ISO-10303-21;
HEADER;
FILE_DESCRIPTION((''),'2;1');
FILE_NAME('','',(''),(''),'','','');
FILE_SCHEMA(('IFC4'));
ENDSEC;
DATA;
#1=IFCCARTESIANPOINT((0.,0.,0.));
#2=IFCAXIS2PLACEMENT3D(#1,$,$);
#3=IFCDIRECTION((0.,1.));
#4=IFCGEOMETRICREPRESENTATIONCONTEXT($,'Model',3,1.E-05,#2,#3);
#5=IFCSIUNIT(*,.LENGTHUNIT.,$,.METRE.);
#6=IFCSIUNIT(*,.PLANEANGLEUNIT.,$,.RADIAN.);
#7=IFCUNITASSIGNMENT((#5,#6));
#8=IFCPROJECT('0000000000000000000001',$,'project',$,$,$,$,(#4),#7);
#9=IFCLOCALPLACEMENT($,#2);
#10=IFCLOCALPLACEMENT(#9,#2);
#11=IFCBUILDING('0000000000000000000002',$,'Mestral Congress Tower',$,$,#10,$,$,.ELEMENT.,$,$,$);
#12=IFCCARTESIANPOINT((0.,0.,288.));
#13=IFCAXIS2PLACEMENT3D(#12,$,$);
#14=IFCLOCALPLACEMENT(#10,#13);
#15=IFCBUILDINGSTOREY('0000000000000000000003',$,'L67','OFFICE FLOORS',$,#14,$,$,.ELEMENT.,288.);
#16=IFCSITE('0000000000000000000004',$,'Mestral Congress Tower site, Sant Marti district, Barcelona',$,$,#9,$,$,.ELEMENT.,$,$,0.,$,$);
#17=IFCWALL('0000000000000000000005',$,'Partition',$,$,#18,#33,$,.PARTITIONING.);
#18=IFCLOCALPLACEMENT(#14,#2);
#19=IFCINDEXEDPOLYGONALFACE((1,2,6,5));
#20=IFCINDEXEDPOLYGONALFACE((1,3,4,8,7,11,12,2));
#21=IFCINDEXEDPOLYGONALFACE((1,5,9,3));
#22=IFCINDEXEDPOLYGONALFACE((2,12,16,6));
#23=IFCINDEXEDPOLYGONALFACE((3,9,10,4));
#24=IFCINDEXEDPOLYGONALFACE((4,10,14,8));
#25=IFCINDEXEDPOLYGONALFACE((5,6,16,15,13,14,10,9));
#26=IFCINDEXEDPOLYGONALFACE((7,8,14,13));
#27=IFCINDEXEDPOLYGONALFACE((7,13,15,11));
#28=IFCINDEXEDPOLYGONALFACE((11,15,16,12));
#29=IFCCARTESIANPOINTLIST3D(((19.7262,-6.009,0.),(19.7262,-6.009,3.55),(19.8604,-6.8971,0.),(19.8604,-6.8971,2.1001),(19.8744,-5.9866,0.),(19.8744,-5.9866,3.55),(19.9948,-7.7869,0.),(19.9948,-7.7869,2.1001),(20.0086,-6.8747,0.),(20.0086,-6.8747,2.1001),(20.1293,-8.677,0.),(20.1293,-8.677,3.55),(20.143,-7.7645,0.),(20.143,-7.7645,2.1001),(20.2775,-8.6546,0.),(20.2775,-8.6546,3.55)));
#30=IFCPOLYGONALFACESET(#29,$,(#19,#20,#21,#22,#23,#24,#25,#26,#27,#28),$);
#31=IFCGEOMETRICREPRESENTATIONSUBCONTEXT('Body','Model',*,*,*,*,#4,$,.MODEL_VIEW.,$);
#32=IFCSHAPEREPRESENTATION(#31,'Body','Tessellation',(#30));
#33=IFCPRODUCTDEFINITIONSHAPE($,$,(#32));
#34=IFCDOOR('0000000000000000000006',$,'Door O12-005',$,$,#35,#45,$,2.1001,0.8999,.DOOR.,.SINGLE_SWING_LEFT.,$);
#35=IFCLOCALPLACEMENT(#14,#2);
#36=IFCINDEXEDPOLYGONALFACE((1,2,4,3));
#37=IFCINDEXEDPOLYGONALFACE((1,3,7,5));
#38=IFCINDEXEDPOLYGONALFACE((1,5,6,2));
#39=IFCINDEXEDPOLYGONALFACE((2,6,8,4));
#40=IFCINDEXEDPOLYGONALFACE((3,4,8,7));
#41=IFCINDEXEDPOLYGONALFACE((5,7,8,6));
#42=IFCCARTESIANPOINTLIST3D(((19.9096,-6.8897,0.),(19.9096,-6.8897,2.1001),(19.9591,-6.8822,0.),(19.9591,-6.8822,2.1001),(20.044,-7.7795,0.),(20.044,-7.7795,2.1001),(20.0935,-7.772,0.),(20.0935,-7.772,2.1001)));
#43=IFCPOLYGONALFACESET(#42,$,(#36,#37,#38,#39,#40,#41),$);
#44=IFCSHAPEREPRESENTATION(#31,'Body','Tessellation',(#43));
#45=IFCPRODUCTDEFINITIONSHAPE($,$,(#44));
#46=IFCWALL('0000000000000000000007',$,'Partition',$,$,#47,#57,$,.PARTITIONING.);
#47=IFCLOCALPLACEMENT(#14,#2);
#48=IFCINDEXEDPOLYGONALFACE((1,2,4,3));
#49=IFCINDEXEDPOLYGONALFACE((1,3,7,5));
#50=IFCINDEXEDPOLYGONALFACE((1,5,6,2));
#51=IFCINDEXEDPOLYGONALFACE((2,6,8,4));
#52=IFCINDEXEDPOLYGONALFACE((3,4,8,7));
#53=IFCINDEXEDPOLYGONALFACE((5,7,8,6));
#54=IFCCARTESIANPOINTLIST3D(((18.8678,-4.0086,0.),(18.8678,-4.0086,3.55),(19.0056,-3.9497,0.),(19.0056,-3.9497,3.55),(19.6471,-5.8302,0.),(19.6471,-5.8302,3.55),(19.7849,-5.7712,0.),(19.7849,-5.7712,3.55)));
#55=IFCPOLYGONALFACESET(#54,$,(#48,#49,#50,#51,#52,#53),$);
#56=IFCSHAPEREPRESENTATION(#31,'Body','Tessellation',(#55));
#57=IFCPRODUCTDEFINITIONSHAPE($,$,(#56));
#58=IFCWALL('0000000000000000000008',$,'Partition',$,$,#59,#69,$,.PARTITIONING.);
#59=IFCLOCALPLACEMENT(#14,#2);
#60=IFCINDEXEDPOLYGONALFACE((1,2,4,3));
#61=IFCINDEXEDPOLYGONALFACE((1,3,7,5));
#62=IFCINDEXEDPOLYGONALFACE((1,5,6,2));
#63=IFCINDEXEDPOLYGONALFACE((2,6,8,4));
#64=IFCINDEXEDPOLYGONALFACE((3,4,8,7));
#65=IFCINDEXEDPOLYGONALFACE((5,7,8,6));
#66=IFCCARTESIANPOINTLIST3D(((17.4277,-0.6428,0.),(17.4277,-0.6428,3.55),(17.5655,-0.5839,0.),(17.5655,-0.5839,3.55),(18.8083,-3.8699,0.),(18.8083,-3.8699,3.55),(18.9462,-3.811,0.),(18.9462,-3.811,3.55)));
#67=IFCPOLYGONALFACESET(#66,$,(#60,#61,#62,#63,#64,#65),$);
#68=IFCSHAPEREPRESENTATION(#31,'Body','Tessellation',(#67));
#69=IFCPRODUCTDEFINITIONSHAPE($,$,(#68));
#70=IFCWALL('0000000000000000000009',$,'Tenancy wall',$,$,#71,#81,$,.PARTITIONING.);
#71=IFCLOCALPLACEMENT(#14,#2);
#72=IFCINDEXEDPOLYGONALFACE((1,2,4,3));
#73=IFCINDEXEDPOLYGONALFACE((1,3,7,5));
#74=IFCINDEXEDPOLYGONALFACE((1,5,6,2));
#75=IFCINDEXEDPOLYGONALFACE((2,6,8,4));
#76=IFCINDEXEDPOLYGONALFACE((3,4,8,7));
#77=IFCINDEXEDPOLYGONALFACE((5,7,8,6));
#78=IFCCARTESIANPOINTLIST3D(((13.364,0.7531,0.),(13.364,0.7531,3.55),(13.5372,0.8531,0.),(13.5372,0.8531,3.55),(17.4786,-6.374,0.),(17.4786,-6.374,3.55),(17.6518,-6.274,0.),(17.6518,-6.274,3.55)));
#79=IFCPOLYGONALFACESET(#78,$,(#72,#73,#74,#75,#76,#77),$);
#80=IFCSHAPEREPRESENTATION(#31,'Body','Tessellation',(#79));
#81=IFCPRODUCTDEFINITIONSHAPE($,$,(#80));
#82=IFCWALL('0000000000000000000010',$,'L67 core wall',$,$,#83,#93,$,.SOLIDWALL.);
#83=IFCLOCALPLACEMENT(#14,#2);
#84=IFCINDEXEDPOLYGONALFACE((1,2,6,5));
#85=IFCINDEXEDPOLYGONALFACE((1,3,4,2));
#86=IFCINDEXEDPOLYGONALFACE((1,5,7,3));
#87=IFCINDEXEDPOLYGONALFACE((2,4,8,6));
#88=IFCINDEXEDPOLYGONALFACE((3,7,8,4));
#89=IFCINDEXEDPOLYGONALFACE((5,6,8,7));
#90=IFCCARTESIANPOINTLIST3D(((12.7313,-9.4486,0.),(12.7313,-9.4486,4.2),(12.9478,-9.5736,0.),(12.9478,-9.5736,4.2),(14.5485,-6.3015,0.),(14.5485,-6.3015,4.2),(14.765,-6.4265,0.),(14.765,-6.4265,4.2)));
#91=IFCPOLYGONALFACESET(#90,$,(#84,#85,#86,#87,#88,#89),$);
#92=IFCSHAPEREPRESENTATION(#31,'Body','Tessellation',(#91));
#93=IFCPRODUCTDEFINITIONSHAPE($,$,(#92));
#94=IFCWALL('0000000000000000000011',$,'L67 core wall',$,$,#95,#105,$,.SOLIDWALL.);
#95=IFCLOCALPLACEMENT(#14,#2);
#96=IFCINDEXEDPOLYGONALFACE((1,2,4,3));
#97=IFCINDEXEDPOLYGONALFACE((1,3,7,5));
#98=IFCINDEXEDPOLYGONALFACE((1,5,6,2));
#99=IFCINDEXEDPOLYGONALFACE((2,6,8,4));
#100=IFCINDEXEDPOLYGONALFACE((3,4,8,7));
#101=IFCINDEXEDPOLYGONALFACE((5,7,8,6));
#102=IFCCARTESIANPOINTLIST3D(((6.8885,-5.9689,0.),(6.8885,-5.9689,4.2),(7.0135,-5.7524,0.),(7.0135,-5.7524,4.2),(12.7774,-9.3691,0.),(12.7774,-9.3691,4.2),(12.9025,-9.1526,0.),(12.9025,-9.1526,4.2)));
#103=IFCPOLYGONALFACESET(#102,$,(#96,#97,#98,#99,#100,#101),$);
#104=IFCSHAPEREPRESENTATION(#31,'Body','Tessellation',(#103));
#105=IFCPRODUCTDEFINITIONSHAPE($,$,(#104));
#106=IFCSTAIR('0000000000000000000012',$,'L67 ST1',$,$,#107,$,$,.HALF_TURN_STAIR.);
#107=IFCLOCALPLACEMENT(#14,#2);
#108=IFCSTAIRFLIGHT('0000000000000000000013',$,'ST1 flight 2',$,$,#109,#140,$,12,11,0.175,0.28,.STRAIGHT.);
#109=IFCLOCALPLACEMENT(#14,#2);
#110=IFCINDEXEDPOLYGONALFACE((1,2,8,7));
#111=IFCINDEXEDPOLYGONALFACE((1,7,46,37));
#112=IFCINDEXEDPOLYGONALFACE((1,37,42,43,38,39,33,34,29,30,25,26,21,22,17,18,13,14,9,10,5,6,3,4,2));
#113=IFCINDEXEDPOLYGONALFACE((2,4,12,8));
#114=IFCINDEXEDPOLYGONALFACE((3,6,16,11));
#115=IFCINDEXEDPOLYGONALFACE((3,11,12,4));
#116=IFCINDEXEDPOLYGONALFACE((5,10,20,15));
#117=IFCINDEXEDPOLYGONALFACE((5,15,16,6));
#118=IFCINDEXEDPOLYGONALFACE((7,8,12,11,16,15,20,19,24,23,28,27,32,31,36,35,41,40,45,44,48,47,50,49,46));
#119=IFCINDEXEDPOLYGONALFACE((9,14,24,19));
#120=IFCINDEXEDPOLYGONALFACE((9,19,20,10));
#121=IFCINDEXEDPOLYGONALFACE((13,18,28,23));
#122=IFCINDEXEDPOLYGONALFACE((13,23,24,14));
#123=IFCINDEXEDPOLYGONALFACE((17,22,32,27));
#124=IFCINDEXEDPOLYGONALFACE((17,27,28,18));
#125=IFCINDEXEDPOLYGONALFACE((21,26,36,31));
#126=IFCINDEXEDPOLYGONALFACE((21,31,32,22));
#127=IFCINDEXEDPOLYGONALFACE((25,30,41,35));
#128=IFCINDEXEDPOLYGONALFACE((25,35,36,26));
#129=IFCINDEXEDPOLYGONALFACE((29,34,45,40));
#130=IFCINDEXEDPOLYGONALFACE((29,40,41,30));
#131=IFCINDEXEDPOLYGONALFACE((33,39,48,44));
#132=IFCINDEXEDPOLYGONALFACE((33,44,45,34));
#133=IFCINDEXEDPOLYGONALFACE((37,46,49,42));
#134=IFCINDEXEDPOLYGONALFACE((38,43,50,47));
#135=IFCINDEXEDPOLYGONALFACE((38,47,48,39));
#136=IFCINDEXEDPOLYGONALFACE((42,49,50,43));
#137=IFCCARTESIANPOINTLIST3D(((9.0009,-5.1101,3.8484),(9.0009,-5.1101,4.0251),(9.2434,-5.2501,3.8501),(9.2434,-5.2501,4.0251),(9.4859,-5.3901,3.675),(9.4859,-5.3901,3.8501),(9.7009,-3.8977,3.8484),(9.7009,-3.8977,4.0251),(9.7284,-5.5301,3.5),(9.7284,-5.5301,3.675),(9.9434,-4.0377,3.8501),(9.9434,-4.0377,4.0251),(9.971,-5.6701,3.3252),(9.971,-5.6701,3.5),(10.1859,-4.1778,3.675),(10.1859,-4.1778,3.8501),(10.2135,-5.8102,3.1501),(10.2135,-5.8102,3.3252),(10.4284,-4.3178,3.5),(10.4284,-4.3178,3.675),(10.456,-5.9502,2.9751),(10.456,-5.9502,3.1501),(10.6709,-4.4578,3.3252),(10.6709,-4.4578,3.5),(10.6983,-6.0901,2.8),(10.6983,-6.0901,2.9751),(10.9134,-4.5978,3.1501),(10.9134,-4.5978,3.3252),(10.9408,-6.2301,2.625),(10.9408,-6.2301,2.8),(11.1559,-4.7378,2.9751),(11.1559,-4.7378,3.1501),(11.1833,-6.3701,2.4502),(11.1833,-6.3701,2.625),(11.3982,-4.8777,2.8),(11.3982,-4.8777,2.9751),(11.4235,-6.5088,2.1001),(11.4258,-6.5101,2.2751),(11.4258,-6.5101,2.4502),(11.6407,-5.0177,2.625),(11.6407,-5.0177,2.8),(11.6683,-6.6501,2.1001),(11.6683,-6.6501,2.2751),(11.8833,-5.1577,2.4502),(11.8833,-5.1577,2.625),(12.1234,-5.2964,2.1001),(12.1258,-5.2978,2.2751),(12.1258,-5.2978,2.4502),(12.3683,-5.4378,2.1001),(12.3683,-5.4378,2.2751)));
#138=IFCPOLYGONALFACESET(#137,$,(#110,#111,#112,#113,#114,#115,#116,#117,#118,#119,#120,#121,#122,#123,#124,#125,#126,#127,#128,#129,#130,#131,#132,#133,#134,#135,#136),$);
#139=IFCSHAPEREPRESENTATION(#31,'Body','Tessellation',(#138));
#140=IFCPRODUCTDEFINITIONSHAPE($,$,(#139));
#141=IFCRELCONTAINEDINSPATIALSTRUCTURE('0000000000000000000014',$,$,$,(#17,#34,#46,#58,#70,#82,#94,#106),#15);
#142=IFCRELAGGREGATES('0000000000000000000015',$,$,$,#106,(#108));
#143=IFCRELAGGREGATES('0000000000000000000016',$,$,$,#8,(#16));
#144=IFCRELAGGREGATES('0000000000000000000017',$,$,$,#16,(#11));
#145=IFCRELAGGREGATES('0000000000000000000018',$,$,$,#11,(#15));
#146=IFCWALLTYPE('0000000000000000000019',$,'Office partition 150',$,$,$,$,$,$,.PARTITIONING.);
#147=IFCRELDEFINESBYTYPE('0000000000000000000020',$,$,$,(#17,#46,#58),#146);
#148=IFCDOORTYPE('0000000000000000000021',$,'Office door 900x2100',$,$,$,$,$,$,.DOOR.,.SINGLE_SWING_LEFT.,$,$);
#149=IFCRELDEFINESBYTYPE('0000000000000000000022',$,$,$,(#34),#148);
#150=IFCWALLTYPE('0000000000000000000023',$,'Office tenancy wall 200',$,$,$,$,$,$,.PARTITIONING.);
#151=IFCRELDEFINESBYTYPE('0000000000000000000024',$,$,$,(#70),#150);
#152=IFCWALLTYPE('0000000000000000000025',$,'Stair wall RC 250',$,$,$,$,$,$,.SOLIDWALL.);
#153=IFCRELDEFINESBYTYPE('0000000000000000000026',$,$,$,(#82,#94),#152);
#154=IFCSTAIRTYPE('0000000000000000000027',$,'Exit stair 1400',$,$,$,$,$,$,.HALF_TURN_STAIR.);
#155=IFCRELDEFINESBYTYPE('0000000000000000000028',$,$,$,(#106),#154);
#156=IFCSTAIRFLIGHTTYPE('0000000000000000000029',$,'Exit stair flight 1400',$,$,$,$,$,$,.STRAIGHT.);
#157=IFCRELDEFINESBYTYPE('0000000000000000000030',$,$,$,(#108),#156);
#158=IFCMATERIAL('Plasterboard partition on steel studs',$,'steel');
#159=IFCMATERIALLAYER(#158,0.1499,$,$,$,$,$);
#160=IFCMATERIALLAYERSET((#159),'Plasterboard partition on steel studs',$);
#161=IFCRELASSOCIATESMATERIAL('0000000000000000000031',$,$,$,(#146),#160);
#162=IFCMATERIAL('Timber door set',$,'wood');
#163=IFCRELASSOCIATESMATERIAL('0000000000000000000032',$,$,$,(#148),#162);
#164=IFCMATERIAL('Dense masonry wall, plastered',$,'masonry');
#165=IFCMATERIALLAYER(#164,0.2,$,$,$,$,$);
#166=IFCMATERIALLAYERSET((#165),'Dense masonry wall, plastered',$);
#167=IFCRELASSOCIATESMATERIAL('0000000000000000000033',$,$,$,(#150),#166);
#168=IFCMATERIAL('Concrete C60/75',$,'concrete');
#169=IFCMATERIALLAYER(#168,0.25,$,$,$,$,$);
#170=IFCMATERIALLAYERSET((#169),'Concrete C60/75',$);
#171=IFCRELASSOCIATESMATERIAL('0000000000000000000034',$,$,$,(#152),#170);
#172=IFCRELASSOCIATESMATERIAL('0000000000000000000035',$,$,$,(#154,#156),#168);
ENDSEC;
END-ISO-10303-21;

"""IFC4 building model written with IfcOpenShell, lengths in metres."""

from ifc_helpers import new_model, si_unit, direction, frame, frame_2d, origin, place, context, subcontext, project, spatial, polyline, rectangle, outline, extrude, material, layer, layer_set, type_object, element, fill, aggregate, save


model = new_model("IFC4")

# Units and contexts
model_context = context("Model", 3, precision=1e-05, world=origin(), true_north=direction((0.0, 1.0)))
body_context = subcontext(model_context, "Body", "Model", "MODEL_VIEW")
ifc_project = project(units=[si_unit("LENGTHUNIT", "METRE"), si_unit("PLANEANGLEUNIT", "RADIAN")], contexts=[model_context])

# Site, building, storey
site_placement = place(None, origin())
site = spatial("IfcSite", under=ifc_project, at=site_placement, Name="Mestral Congress Tower site, Sant Marti district, Barcelona", CompositionType="ELEMENT", RefElevation=0.0)
building_placement = place(site_placement, origin())
building = spatial("IfcBuilding", under=site, at=building_placement, Name="Mestral Congress Tower", CompositionType="ELEMENT")
storey_placement = place(building_placement, frame((0.0, 0.0, 288.0)))
storey = spatial("IfcBuildingStorey", under=building, at=storey_placement, Name="L67", Description="OFFICE FLOORS", CompositionType="ELEMENT", Elevation=288.0)

# Shared definitions
ifc_material_1 = material(Name="Concrete C60/75", Category="concrete")

# Shared definitions
ifc_material_2 = material(Name="Plasterboard partition on steel studs", Category="steel")
ifc_layer_1 = layer(ifc_material_2, 0.1499)
ifc_layer_set_1 = layer_set([ifc_layer_1], Name="Plasterboard partition on steel studs")
wall_type_1 = type_object("IfcWallType", Name="Office partition 150", PredefinedType="PARTITIONING", material=ifc_layer_set_1)

# Wall, opening, door
wall_1_placement = place(storey_placement, frame((19.8003, -5.9978, 0.0), z_axis=(0.0, 0.0, 1.0), x_axis=(0.149385, -0.988779, 0.0)))
wall_1 = element("IfcWall", 1, at=wall_1_placement, inside=storey, type_object=wall_type_1, Name="Partition", PredefinedType="PARTITIONING", context=body_context, shape_type="SweptSolid", body=[
    extrude(rectangle(XDim=2.6982, YDim=0.1499, at=frame_2d((1.3491, 0.0))), origin(), (0.0, 0.0, 1.0), 3.55),
])
opening_1_placement = place(wall_1_placement, frame((0.8982, 0.0, 0.0)))
opening_1 = element("IfcOpeningElement", 2, at=opening_1_placement, cuts=wall_1, PredefinedType="OPENING", context=body_context, shape_type="SweptSolid", body=[
    extrude(rectangle(XDim=0.8999, YDim=2.1001, at=frame_2d((0.45, 1.05))), frame((0.0, 0.085, 0.0), z_axis=(0.0, -1.0, 0.0), x_axis=(1.0, 0.0, 0.0)), (0.0, 0.0, 1.0), 0.1699),
])
ifc_material_3 = material(Name="Timber door set", Category="wood")
door_type = type_object("IfcDoorType", Name="Office door 900x2100", OperationType="SINGLE_SWING_LEFT", PredefinedType="DOOR", material=ifc_material_3)
door_placement = place(opening_1_placement, origin())
door = element("IfcDoor", 3, at=door_placement, inside=storey, type_object=door_type, Name="Door O12-005", OperationType="SINGLE_SWING_LEFT", OverallHeight=2.1001, OverallWidth=0.8999, PredefinedType="DOOR", context=body_context, shape_type="SweptSolid", body=[
    extrude(rectangle(XDim=0.8999, YDim=2.1001, at=frame_2d((0.45, 1.05))), frame((0.0, 0.0249, 0.0), z_axis=(0.0, -1.0, 0.0), x_axis=(1.0, 0.0, 0.0)), (0.0, 0.0, 1.0), 0.05),
])
fill(opening_1, door)

# Walls
wall_2_placement = place(storey_placement, frame((19.7161, -5.8008, 0.0), z_axis=(0.0, 0.0, 1.0), x_axis=(-0.393339, 0.919393, 0.0)))
element("IfcWall", 4, at=wall_2_placement, inside=storey, type_object=wall_type_1, Name="Partition", PredefinedType="PARTITIONING", context=body_context, shape_type="SweptSolid", body=[
    extrude(rectangle(XDim=1.9812, YDim=0.1499, at=frame_2d((0.9907, 0.0))), origin(), (0.0, 0.0, 1.0), 3.55),
])
wall_3_placement = place(storey_placement, frame((18.8772, -3.8403, 0.0), z_axis=(0.0, 0.0, 1.0), x_axis=(-0.39334, 0.919393, 0.0)))
element("IfcWall", 5, at=wall_3_placement, inside=storey, type_object=wall_type_1, Name="Partition", PredefinedType="PARTITIONING", context=body_context, shape_type="SweptSolid", body=[
    extrude(rectangle(XDim=3.51, YDim=0.1499, at=frame_2d((1.7549, 0.0))), origin(), (0.0, 0.0, 1.0), 3.55),
])
ifc_material_4 = material(Name="Dense masonry wall, plastered", Category="masonry")
ifc_layer_2 = layer(ifc_material_4, 0.2)
ifc_layer_set_2 = layer_set([ifc_layer_2], Name="Dense masonry wall, plastered")
wall_type_2 = type_object("IfcWallType", Name="Office tenancy wall 200", PredefinedType="PARTITIONING", material=ifc_layer_set_2)
wall_4_placement = place(storey_placement, frame((17.5652, -6.324, 0.0), z_axis=(0.0, 0.0, 1.0), x_axis=(-0.499978, 0.866038, 0.0)))
element("IfcWall", 6, at=wall_4_placement, inside=storey, type_object=wall_type_2, Name="Tenancy wall", PredefinedType="PARTITIONING", context=body_context, shape_type="SweptSolid", body=[
    extrude(rectangle(XDim=8.2295, YDim=0.2, at=frame_2d((4.1147, 0.0))), origin(), (0.0, 0.0, 1.0), 3.55),
])
ifc_layer_3 = layer(ifc_material_1, 0.25)
ifc_layer_set_3 = layer_set([ifc_layer_3], Name="Concrete C60/75")
wall_type_3 = type_object("IfcWallType", Name="Stair wall RC 250", PredefinedType="SOLIDWALL", material=ifc_layer_set_3)
wall_5_placement = place(storey_placement, frame((12.8396, -9.511, 0.0), z_axis=(0.0, 0.0, 1.0), x_axis=(0.500048, 0.865998, 0.0)))
element("IfcWall", 7, at=wall_5_placement, inside=storey, type_object=wall_type_3, Name="L67 core wall", PredefinedType="SOLIDWALL", context=body_context, shape_type="SweptSolid", body=[
    extrude(rectangle(XDim=3.634, YDim=0.25, at=frame_2d((1.8169, 0.0))), origin(), (0.0, 0.0, 1.0), 4.2),
])
wall_6_placement = place(storey_placement, frame((12.8398, -9.2607, 0.0), z_axis=(0.0, 0.0, 1.0), x_axis=(-0.866014, 0.50002, 0.0)))
element("IfcWall", 8, at=wall_6_placement, inside=storey, type_object=wall_type_3, Name="L67 core wall", PredefinedType="SOLIDWALL", context=body_context, shape_type="SweptSolid", body=[
    extrude(rectangle(XDim=6.8, YDim=0.25, at=frame_2d((3.3999, 0.0))), origin(), (0.0, 0.0, 1.0), 4.2),
])

# Stair, stair flight
stair_type = type_object("IfcStairType", Name="Exit stair 1400", PredefinedType="HALF_TURN_STAIR", material=ifc_material_1)
stair_placement = place(storey_placement, origin())
stair = element("IfcStair", 9, at=stair_placement, inside=storey, type_object=stair_type, Name="L67 ST1", PredefinedType="HALF_TURN_STAIR")
stair_flight_type = type_object("IfcStairFlightType", Name="Exit stair flight 1400", PredefinedType="STRAIGHT", material=ifc_material_1)
stair_flight_placement = place(storey_placement, frame((12.0183, -6.0439, 2.1001), z_axis=(0.0, 0.0, 1.0), x_axis=(-0.866025, 0.5, 0.0)))
stair_flight = element("IfcStairFlight", 10, at=stair_flight_placement, type_object=stair_flight_type, Name="ST1 flight 2", NumberOfRisers=12, NumberOfTreads=11, PredefinedType="STRAIGHT", RiserHeight=0.175, TreadLength=0.28, context=body_context, shape_type="SweptSolid", body=[
    extrude(outline(polyline([(0.0, 0.0), (0.0, 0.175), (0.28, 0.175), (0.28, 0.3501), (0.5601, 0.3501), (0.5601, 0.5249), (0.8401, 0.5249), (0.8401, 0.7), (1.1201, 0.7), (1.1201, 0.875), (1.3999, 0.875), (1.3999, 1.05), (1.6799, 1.05), (1.6799, 1.2251), (1.96, 1.2251), (1.96, 1.3999), (2.24, 1.3999), (2.24, 1.575), (2.52, 1.575), (2.52, 1.75), (2.8, 1.75), (2.8, 1.925), (3.0801, 1.925), (3.0801, 2.1001), (3.0801, 1.7483), (0.2827, 0.0), (0.0, 0.0)])), frame((0.0, 0.7, 0.0), z_axis=(0.0, -1.0, 0.0), x_axis=(1.0, 0.0, 0.0)), (0.0, 0.0, 1.0), 1.3999),
])
aggregate(stair, [stair_flight])

save(model, "model.ifc")
